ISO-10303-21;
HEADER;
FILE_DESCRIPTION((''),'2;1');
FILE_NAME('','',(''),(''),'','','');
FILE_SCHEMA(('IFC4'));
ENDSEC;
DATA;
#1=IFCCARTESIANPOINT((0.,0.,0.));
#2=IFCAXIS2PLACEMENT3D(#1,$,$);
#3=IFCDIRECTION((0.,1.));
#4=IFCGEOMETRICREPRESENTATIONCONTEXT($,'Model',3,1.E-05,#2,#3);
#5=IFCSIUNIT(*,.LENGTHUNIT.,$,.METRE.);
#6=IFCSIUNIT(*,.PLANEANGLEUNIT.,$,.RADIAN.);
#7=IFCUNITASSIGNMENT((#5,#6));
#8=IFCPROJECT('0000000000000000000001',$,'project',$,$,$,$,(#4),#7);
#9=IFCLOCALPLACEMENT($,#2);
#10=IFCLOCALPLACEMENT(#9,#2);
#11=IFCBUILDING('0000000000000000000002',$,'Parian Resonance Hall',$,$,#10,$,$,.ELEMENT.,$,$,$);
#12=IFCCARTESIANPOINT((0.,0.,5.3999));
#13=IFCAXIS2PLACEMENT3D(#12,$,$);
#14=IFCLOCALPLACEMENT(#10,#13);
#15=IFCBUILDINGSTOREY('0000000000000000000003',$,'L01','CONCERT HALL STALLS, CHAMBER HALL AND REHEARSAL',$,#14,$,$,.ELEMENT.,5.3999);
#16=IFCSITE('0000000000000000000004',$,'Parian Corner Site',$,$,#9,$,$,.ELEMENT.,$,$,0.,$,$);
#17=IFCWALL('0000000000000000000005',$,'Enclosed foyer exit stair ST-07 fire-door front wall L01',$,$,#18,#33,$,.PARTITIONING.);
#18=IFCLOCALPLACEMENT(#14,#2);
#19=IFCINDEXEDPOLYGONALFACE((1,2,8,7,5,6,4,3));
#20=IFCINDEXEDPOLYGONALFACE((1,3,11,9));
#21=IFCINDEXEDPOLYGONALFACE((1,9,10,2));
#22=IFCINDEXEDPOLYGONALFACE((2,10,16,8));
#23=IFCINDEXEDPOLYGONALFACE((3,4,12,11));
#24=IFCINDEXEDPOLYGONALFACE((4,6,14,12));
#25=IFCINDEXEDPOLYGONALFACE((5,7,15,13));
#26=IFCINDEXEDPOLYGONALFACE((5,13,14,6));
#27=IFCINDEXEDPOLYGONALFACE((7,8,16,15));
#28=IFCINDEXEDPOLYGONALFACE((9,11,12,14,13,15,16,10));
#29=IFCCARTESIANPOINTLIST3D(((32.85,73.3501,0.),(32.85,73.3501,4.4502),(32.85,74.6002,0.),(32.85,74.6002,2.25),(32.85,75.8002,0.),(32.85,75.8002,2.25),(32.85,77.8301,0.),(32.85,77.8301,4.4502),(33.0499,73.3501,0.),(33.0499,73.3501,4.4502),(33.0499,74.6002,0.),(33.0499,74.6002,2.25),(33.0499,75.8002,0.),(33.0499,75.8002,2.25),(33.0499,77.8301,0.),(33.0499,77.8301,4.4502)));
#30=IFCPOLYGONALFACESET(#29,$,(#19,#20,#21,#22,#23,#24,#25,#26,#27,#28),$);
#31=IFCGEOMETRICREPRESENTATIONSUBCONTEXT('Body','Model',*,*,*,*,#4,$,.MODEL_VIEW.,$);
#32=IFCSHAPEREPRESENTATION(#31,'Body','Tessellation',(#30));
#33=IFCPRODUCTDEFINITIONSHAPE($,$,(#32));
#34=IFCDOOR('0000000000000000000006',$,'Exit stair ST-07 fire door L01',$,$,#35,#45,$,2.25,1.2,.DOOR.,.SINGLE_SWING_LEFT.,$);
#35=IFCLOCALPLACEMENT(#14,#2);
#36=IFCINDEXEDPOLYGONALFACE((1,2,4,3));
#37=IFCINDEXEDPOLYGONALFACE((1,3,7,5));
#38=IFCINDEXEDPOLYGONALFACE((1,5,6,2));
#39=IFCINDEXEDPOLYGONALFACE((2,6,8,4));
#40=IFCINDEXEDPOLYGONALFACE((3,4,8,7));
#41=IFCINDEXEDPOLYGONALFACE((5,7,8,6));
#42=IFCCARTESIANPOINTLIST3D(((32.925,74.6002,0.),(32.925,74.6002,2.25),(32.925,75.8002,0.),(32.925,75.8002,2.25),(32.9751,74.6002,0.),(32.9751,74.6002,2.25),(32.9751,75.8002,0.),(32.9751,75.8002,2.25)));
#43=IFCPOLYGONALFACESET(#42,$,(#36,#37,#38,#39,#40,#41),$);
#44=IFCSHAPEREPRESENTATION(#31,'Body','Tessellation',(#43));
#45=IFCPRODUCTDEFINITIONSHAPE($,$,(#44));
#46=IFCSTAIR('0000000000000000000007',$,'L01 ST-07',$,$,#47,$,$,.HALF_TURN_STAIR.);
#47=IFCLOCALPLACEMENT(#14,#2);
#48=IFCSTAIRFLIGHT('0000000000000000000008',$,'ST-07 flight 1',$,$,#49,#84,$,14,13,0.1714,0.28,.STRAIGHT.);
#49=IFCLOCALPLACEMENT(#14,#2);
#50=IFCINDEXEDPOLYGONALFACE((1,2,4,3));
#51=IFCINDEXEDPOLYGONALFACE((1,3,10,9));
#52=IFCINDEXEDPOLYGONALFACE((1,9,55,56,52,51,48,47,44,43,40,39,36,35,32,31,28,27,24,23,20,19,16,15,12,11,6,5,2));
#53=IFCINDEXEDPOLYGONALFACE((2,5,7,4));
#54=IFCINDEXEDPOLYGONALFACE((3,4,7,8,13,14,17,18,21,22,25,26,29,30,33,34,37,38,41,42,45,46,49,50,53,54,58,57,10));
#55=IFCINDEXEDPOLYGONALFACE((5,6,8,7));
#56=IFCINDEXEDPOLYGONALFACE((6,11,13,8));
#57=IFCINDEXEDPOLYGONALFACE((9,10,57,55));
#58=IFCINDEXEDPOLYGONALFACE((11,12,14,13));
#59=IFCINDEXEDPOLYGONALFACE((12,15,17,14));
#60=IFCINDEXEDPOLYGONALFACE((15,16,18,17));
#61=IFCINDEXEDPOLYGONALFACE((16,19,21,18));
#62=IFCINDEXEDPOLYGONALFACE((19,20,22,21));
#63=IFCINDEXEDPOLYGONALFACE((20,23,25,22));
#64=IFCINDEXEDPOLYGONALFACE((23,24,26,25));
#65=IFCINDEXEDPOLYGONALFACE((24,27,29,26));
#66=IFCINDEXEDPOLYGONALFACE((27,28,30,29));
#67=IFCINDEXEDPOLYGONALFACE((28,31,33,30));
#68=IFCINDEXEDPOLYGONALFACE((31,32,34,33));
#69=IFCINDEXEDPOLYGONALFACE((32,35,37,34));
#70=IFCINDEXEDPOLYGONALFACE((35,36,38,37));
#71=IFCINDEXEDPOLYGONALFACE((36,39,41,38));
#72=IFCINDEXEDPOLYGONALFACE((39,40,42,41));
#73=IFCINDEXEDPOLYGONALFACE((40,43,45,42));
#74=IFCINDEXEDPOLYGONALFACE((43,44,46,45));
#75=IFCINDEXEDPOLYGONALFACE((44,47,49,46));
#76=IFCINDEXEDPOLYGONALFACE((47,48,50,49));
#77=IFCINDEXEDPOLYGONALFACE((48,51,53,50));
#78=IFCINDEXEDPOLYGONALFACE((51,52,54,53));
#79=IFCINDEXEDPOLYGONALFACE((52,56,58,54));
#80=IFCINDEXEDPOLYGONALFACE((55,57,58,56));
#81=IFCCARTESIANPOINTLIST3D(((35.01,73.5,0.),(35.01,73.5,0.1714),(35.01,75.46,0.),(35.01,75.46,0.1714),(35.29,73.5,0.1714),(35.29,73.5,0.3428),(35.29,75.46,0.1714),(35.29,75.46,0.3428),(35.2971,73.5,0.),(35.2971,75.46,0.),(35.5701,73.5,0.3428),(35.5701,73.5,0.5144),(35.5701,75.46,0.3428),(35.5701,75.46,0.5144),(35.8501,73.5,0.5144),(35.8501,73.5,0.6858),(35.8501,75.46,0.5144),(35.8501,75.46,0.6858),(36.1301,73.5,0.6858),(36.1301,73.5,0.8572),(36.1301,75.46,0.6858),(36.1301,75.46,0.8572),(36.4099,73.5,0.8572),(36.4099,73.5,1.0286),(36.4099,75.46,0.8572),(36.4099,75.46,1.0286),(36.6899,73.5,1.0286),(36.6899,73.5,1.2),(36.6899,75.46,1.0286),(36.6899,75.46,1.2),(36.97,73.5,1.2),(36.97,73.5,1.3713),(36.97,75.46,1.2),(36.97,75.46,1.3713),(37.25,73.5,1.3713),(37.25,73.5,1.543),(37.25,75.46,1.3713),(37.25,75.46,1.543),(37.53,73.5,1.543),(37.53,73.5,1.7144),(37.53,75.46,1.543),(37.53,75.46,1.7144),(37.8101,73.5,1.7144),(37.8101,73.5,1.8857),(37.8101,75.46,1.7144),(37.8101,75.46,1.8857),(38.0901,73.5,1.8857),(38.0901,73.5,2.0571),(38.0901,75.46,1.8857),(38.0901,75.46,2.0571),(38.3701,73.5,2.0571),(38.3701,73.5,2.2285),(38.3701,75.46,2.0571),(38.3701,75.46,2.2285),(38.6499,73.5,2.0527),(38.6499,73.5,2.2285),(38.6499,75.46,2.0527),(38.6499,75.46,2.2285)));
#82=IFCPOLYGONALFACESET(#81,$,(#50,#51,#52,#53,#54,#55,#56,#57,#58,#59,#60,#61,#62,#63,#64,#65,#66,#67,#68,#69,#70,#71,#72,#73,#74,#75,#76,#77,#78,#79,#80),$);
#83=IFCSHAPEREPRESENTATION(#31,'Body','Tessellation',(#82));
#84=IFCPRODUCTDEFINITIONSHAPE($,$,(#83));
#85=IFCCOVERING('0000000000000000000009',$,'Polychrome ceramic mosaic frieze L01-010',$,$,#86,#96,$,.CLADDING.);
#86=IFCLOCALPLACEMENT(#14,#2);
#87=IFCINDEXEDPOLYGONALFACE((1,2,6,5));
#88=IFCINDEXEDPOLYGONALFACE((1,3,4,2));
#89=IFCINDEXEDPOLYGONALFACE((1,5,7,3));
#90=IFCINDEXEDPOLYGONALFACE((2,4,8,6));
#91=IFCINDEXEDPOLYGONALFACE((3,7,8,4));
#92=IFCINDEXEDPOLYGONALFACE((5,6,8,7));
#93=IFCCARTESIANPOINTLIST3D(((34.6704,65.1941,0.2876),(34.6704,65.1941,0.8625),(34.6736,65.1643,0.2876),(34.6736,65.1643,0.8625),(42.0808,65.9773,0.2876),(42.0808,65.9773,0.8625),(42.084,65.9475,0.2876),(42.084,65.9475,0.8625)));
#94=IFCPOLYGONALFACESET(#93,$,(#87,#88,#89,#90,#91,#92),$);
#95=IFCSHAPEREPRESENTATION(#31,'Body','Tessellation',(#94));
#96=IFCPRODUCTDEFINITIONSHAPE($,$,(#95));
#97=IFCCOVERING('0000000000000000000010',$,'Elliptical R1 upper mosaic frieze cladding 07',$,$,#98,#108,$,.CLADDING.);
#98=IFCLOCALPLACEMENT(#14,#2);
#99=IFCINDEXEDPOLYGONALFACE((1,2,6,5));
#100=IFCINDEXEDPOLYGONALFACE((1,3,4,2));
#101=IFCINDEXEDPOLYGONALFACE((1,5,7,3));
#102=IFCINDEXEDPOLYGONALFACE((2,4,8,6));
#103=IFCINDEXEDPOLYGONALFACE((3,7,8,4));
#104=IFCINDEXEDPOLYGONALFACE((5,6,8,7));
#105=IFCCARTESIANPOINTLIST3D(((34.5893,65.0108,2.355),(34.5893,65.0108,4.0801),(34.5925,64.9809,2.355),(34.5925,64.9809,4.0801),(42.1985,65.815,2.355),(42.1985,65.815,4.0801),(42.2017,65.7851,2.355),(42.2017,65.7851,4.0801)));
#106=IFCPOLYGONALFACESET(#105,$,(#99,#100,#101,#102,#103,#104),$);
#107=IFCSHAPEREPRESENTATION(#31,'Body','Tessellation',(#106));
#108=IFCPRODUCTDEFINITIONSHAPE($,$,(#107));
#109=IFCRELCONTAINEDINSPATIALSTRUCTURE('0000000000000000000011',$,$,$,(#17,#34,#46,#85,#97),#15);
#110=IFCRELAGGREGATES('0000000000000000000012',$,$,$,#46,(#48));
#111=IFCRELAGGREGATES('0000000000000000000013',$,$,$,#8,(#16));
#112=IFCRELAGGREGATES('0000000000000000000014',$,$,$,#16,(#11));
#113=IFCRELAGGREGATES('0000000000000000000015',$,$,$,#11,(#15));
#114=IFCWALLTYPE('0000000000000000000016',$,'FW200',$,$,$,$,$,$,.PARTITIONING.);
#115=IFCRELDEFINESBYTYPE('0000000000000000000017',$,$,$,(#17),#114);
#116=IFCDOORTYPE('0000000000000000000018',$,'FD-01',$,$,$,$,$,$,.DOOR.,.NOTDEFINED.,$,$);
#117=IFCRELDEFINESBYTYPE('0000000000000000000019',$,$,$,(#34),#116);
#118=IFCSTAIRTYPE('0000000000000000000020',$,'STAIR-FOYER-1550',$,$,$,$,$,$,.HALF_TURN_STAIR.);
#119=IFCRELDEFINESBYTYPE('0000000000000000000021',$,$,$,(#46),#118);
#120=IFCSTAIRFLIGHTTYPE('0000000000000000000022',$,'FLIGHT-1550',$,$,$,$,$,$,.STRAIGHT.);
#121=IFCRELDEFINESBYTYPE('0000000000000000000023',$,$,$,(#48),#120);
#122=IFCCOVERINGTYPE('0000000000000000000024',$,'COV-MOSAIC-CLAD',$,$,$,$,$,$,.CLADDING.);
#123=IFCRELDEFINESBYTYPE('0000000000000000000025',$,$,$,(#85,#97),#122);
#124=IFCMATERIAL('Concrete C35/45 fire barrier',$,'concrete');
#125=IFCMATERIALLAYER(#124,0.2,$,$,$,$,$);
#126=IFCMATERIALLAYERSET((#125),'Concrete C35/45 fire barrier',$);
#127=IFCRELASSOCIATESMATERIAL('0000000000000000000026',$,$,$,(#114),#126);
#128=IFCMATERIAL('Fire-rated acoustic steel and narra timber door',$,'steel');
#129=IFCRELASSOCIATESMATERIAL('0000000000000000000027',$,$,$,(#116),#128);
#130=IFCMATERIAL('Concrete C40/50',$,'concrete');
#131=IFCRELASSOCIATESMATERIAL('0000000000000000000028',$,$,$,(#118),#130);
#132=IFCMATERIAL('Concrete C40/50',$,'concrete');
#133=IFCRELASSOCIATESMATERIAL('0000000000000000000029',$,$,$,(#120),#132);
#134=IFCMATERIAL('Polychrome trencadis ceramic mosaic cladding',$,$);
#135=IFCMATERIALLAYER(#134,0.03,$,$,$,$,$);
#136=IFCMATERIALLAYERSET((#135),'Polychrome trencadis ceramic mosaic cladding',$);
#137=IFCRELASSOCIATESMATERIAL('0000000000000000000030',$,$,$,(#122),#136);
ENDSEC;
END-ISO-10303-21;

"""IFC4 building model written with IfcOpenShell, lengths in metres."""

from ifc_helpers import new_model, si_unit, direction, frame, frame_2d, origin, origin_2d, place, context, subcontext, project, spatial, polyline, rectangle, outline, extrude, material, layer, layer_set, type_object, element, fill, aggregate, save


model = new_model("IFC4")

# Units and contexts
model_context = context("Model", 3, precision=1e-05, world=origin(), true_north=direction((0.0, 1.0)))
body_context = subcontext(model_context, "Body", "Model", "MODEL_VIEW")
ifc_project = project(units=[si_unit("LENGTHUNIT", "METRE"), si_unit("PLANEANGLEUNIT", "RADIAN")], contexts=[model_context])

# Site, building, storey
site_placement = place(None, origin())
site = spatial("IfcSite", under=ifc_project, at=site_placement, Name="Parian Corner Site", CompositionType="ELEMENT", RefElevation=0.0)
building_placement = place(site_placement, origin())
building = spatial("IfcBuilding", under=site, at=building_placement, Name="Parian Resonance Hall", CompositionType="ELEMENT")
storey_placement = place(building_placement, frame((0.0, 0.0, 5.3999)))
storey = spatial("IfcBuildingStorey", under=building, at=storey_placement, Name="L01", Description="CONCERT HALL STALLS, CHAMBER HALL AND REHEARSAL", CompositionType="ELEMENT", Elevation=5.3999)

# Wall, opening, door
ifc_material_1 = material(Name="Concrete C35/45 fire barrier", Category="concrete")
ifc_layer_1 = layer(ifc_material_1, 0.2)
ifc_layer_set_1 = layer_set([ifc_layer_1], Name="Concrete C35/45 fire barrier")
wall_type_1 = type_object("IfcWallType", Name="FW200", PredefinedType="PARTITIONING", material=ifc_layer_set_1)
wall_1_placement = place(storey_placement, frame((32.95, 73.3501, 0.0), z_axis=(0.0, 0.0, 1.0), x_axis=(0.0, 1.0, 0.0)))
wall_1 = element("IfcWall", 1, at=wall_1_placement, inside=storey, type_object=wall_type_1, Name="Enclosed foyer exit stair ST-07 fire-door front wall L01", PredefinedType="PARTITIONING", context=body_context, shape_type="SweptSolid", body=[
    extrude(rectangle(XDim=4.48, YDim=0.2, at=frame_2d((2.24, 0.0))), origin(), (0.0, 0.0, 1.0), 4.4502),
])
opening_placement = place(wall_1_placement, frame((1.25, 0.0, 0.0)))
opening = element("IfcOpeningElement", 2, at=opening_placement, cuts=wall_1, PredefinedType="OPENING", context=body_context, shape_type="SweptSolid", body=[
    extrude(rectangle(XDim=1.2, YDim=2.25, at=frame_2d((0.6001, 1.125))), frame((0.0, 0.1099, 0.0), z_axis=(0.0, -1.0, 0.0), x_axis=(1.0, 0.0, 0.0)), (0.0, 0.0, 1.0), 0.22),
])
ifc_material_2 = material(Name="Fire-rated acoustic steel and narra timber door", Category="steel")
door_type = type_object("IfcDoorType", Name="FD-01", OperationType="NOTDEFINED", PredefinedType="DOOR", material=ifc_material_2)
door_placement = place(opening_placement, origin())
door = element("IfcDoor", 3, at=door_placement, inside=storey, type_object=door_type, Name="Exit stair ST-07 fire door L01", OperationType="SINGLE_SWING_LEFT", OverallHeight=2.25, OverallWidth=1.2, PredefinedType="DOOR", context=body_context, shape_type="SweptSolid", body=[
    extrude(rectangle(XDim=1.2, YDim=2.25, at=frame_2d((0.6001, 1.125))), frame((0.0, 0.0249, 0.0), z_axis=(0.0, -1.0, 0.0), x_axis=(1.0, 0.0, 0.0)), (0.0, 0.0, 1.0), 0.05),
])
fill(opening, door)

# Stair, stair flight
ifc_material_3 = material(Name="Concrete C40/50", Category="concrete")
stair_type = type_object("IfcStairType", Name="STAIR-FOYER-1550", PredefinedType="HALF_TURN_STAIR", material=ifc_material_3)
stair_placement = place(storey_placement, origin())
stair = element("IfcStair", 4, at=stair_placement, inside=storey, type_object=stair_type, Name="L01 ST-07", PredefinedType="HALF_TURN_STAIR")
ifc_material_4 = material(Name="Concrete C40/50", Category="concrete")
stair_flight_type = type_object("IfcStairFlightType", Name="FLIGHT-1550", PredefinedType="STRAIGHT", material=ifc_material_4)
stair_flight_placement = place(storey_placement, frame((35.01, 74.48, 0.0), z_axis=(0.0, 0.0, 1.0), x_axis=(1.0, 0.0, 0.0)))
stair_flight = element("IfcStairFlight", 5, at=stair_flight_placement, type_object=stair_flight_type, Name="ST-07 flight 1", NumberOfRisers=14, NumberOfTreads=13, PredefinedType="STRAIGHT", RiserHeight=0.1714, TreadLength=0.28, context=body_context, shape_type="SweptSolid", body=[
    extrude(outline(polyline([(0.0, 0.0), (0.0, 0.1714), (0.28, 0.1714), (0.28, 0.3428), (0.5601, 0.3428), (0.5601, 0.5144), (0.8401, 0.5144), (0.8401, 0.6858), (1.1201, 0.6858), (1.1201, 0.8572), (1.3999, 0.8572), (1.3999, 1.0286), (1.6799, 1.0286), (1.6799, 1.2), (1.96, 1.2), (1.96, 1.3713), (2.24, 1.3713), (2.24, 1.543), (2.52, 1.543), (2.52, 1.7144), (2.8, 1.7144), (2.8, 1.8857), (3.0801, 1.8857), (3.0801, 2.0571), (3.3601, 2.0571), (3.3601, 2.2285), (3.6399, 2.2285), (3.6399, 2.3999), (3.6399, 2.0527), (0.2871, 0.0), (0.0, 0.0)])), frame((0.0, 0.98, 0.0), z_axis=(0.0, -1.0, 0.0), x_axis=(1.0, 0.0, 0.0)), (0.0, 0.0, 1.0), 1.96),
])
aggregate(stair, [stair_flight])

# Coverings
ifc_material_5 = material(Name="Polychrome trencadis ceramic mosaic cladding")
ifc_layer_2 = layer(ifc_material_5, 0.03)
ifc_layer_set_2 = layer_set([ifc_layer_2], Name="Polychrome trencadis ceramic mosaic cladding")
covering_type = type_object("IfcCoveringType", Name="COV-MOSAIC-CLAD", PredefinedType="CLADDING", material=ifc_layer_set_2)
covering_1_placement = place(storey_placement, frame((38.3772, 65.5708, 0.2876), z_axis=(0.0, 0.0, 1.0), x_axis=(0.994462, 0.105101, 0.0)))
element("IfcCovering", 6, at=covering_1_placement, inside=storey, type_object=covering_type, Name="Polychrome ceramic mosaic frieze L01-010", PredefinedType="CLADDING", context=body_context, shape_type="SweptSolid", body=[
    extrude(rectangle(XDim=7.4517, YDim=0.03, at=origin_2d()), origin(), (0.0, 0.0, 1.0), 0.575),
])
covering_2_placement = place(storey_placement, frame((38.3955, 65.3979, 2.355), z_axis=(0.0, 0.0, 1.0), x_axis=(0.994462, 0.105101, 0.0)))
element("IfcCovering", 7, at=covering_2_placement, inside=storey, type_object=covering_type, Name="Elliptical R1 upper mosaic frieze cladding 07", PredefinedType="CLADDING", context=body_context, shape_type="SweptSolid", body=[
    extrude(rectangle(XDim=7.6516, YDim=0.03, at=origin_2d()), origin(), (0.0, 0.0, 1.0), 1.7251),
])

save(model, "model.ifc")
